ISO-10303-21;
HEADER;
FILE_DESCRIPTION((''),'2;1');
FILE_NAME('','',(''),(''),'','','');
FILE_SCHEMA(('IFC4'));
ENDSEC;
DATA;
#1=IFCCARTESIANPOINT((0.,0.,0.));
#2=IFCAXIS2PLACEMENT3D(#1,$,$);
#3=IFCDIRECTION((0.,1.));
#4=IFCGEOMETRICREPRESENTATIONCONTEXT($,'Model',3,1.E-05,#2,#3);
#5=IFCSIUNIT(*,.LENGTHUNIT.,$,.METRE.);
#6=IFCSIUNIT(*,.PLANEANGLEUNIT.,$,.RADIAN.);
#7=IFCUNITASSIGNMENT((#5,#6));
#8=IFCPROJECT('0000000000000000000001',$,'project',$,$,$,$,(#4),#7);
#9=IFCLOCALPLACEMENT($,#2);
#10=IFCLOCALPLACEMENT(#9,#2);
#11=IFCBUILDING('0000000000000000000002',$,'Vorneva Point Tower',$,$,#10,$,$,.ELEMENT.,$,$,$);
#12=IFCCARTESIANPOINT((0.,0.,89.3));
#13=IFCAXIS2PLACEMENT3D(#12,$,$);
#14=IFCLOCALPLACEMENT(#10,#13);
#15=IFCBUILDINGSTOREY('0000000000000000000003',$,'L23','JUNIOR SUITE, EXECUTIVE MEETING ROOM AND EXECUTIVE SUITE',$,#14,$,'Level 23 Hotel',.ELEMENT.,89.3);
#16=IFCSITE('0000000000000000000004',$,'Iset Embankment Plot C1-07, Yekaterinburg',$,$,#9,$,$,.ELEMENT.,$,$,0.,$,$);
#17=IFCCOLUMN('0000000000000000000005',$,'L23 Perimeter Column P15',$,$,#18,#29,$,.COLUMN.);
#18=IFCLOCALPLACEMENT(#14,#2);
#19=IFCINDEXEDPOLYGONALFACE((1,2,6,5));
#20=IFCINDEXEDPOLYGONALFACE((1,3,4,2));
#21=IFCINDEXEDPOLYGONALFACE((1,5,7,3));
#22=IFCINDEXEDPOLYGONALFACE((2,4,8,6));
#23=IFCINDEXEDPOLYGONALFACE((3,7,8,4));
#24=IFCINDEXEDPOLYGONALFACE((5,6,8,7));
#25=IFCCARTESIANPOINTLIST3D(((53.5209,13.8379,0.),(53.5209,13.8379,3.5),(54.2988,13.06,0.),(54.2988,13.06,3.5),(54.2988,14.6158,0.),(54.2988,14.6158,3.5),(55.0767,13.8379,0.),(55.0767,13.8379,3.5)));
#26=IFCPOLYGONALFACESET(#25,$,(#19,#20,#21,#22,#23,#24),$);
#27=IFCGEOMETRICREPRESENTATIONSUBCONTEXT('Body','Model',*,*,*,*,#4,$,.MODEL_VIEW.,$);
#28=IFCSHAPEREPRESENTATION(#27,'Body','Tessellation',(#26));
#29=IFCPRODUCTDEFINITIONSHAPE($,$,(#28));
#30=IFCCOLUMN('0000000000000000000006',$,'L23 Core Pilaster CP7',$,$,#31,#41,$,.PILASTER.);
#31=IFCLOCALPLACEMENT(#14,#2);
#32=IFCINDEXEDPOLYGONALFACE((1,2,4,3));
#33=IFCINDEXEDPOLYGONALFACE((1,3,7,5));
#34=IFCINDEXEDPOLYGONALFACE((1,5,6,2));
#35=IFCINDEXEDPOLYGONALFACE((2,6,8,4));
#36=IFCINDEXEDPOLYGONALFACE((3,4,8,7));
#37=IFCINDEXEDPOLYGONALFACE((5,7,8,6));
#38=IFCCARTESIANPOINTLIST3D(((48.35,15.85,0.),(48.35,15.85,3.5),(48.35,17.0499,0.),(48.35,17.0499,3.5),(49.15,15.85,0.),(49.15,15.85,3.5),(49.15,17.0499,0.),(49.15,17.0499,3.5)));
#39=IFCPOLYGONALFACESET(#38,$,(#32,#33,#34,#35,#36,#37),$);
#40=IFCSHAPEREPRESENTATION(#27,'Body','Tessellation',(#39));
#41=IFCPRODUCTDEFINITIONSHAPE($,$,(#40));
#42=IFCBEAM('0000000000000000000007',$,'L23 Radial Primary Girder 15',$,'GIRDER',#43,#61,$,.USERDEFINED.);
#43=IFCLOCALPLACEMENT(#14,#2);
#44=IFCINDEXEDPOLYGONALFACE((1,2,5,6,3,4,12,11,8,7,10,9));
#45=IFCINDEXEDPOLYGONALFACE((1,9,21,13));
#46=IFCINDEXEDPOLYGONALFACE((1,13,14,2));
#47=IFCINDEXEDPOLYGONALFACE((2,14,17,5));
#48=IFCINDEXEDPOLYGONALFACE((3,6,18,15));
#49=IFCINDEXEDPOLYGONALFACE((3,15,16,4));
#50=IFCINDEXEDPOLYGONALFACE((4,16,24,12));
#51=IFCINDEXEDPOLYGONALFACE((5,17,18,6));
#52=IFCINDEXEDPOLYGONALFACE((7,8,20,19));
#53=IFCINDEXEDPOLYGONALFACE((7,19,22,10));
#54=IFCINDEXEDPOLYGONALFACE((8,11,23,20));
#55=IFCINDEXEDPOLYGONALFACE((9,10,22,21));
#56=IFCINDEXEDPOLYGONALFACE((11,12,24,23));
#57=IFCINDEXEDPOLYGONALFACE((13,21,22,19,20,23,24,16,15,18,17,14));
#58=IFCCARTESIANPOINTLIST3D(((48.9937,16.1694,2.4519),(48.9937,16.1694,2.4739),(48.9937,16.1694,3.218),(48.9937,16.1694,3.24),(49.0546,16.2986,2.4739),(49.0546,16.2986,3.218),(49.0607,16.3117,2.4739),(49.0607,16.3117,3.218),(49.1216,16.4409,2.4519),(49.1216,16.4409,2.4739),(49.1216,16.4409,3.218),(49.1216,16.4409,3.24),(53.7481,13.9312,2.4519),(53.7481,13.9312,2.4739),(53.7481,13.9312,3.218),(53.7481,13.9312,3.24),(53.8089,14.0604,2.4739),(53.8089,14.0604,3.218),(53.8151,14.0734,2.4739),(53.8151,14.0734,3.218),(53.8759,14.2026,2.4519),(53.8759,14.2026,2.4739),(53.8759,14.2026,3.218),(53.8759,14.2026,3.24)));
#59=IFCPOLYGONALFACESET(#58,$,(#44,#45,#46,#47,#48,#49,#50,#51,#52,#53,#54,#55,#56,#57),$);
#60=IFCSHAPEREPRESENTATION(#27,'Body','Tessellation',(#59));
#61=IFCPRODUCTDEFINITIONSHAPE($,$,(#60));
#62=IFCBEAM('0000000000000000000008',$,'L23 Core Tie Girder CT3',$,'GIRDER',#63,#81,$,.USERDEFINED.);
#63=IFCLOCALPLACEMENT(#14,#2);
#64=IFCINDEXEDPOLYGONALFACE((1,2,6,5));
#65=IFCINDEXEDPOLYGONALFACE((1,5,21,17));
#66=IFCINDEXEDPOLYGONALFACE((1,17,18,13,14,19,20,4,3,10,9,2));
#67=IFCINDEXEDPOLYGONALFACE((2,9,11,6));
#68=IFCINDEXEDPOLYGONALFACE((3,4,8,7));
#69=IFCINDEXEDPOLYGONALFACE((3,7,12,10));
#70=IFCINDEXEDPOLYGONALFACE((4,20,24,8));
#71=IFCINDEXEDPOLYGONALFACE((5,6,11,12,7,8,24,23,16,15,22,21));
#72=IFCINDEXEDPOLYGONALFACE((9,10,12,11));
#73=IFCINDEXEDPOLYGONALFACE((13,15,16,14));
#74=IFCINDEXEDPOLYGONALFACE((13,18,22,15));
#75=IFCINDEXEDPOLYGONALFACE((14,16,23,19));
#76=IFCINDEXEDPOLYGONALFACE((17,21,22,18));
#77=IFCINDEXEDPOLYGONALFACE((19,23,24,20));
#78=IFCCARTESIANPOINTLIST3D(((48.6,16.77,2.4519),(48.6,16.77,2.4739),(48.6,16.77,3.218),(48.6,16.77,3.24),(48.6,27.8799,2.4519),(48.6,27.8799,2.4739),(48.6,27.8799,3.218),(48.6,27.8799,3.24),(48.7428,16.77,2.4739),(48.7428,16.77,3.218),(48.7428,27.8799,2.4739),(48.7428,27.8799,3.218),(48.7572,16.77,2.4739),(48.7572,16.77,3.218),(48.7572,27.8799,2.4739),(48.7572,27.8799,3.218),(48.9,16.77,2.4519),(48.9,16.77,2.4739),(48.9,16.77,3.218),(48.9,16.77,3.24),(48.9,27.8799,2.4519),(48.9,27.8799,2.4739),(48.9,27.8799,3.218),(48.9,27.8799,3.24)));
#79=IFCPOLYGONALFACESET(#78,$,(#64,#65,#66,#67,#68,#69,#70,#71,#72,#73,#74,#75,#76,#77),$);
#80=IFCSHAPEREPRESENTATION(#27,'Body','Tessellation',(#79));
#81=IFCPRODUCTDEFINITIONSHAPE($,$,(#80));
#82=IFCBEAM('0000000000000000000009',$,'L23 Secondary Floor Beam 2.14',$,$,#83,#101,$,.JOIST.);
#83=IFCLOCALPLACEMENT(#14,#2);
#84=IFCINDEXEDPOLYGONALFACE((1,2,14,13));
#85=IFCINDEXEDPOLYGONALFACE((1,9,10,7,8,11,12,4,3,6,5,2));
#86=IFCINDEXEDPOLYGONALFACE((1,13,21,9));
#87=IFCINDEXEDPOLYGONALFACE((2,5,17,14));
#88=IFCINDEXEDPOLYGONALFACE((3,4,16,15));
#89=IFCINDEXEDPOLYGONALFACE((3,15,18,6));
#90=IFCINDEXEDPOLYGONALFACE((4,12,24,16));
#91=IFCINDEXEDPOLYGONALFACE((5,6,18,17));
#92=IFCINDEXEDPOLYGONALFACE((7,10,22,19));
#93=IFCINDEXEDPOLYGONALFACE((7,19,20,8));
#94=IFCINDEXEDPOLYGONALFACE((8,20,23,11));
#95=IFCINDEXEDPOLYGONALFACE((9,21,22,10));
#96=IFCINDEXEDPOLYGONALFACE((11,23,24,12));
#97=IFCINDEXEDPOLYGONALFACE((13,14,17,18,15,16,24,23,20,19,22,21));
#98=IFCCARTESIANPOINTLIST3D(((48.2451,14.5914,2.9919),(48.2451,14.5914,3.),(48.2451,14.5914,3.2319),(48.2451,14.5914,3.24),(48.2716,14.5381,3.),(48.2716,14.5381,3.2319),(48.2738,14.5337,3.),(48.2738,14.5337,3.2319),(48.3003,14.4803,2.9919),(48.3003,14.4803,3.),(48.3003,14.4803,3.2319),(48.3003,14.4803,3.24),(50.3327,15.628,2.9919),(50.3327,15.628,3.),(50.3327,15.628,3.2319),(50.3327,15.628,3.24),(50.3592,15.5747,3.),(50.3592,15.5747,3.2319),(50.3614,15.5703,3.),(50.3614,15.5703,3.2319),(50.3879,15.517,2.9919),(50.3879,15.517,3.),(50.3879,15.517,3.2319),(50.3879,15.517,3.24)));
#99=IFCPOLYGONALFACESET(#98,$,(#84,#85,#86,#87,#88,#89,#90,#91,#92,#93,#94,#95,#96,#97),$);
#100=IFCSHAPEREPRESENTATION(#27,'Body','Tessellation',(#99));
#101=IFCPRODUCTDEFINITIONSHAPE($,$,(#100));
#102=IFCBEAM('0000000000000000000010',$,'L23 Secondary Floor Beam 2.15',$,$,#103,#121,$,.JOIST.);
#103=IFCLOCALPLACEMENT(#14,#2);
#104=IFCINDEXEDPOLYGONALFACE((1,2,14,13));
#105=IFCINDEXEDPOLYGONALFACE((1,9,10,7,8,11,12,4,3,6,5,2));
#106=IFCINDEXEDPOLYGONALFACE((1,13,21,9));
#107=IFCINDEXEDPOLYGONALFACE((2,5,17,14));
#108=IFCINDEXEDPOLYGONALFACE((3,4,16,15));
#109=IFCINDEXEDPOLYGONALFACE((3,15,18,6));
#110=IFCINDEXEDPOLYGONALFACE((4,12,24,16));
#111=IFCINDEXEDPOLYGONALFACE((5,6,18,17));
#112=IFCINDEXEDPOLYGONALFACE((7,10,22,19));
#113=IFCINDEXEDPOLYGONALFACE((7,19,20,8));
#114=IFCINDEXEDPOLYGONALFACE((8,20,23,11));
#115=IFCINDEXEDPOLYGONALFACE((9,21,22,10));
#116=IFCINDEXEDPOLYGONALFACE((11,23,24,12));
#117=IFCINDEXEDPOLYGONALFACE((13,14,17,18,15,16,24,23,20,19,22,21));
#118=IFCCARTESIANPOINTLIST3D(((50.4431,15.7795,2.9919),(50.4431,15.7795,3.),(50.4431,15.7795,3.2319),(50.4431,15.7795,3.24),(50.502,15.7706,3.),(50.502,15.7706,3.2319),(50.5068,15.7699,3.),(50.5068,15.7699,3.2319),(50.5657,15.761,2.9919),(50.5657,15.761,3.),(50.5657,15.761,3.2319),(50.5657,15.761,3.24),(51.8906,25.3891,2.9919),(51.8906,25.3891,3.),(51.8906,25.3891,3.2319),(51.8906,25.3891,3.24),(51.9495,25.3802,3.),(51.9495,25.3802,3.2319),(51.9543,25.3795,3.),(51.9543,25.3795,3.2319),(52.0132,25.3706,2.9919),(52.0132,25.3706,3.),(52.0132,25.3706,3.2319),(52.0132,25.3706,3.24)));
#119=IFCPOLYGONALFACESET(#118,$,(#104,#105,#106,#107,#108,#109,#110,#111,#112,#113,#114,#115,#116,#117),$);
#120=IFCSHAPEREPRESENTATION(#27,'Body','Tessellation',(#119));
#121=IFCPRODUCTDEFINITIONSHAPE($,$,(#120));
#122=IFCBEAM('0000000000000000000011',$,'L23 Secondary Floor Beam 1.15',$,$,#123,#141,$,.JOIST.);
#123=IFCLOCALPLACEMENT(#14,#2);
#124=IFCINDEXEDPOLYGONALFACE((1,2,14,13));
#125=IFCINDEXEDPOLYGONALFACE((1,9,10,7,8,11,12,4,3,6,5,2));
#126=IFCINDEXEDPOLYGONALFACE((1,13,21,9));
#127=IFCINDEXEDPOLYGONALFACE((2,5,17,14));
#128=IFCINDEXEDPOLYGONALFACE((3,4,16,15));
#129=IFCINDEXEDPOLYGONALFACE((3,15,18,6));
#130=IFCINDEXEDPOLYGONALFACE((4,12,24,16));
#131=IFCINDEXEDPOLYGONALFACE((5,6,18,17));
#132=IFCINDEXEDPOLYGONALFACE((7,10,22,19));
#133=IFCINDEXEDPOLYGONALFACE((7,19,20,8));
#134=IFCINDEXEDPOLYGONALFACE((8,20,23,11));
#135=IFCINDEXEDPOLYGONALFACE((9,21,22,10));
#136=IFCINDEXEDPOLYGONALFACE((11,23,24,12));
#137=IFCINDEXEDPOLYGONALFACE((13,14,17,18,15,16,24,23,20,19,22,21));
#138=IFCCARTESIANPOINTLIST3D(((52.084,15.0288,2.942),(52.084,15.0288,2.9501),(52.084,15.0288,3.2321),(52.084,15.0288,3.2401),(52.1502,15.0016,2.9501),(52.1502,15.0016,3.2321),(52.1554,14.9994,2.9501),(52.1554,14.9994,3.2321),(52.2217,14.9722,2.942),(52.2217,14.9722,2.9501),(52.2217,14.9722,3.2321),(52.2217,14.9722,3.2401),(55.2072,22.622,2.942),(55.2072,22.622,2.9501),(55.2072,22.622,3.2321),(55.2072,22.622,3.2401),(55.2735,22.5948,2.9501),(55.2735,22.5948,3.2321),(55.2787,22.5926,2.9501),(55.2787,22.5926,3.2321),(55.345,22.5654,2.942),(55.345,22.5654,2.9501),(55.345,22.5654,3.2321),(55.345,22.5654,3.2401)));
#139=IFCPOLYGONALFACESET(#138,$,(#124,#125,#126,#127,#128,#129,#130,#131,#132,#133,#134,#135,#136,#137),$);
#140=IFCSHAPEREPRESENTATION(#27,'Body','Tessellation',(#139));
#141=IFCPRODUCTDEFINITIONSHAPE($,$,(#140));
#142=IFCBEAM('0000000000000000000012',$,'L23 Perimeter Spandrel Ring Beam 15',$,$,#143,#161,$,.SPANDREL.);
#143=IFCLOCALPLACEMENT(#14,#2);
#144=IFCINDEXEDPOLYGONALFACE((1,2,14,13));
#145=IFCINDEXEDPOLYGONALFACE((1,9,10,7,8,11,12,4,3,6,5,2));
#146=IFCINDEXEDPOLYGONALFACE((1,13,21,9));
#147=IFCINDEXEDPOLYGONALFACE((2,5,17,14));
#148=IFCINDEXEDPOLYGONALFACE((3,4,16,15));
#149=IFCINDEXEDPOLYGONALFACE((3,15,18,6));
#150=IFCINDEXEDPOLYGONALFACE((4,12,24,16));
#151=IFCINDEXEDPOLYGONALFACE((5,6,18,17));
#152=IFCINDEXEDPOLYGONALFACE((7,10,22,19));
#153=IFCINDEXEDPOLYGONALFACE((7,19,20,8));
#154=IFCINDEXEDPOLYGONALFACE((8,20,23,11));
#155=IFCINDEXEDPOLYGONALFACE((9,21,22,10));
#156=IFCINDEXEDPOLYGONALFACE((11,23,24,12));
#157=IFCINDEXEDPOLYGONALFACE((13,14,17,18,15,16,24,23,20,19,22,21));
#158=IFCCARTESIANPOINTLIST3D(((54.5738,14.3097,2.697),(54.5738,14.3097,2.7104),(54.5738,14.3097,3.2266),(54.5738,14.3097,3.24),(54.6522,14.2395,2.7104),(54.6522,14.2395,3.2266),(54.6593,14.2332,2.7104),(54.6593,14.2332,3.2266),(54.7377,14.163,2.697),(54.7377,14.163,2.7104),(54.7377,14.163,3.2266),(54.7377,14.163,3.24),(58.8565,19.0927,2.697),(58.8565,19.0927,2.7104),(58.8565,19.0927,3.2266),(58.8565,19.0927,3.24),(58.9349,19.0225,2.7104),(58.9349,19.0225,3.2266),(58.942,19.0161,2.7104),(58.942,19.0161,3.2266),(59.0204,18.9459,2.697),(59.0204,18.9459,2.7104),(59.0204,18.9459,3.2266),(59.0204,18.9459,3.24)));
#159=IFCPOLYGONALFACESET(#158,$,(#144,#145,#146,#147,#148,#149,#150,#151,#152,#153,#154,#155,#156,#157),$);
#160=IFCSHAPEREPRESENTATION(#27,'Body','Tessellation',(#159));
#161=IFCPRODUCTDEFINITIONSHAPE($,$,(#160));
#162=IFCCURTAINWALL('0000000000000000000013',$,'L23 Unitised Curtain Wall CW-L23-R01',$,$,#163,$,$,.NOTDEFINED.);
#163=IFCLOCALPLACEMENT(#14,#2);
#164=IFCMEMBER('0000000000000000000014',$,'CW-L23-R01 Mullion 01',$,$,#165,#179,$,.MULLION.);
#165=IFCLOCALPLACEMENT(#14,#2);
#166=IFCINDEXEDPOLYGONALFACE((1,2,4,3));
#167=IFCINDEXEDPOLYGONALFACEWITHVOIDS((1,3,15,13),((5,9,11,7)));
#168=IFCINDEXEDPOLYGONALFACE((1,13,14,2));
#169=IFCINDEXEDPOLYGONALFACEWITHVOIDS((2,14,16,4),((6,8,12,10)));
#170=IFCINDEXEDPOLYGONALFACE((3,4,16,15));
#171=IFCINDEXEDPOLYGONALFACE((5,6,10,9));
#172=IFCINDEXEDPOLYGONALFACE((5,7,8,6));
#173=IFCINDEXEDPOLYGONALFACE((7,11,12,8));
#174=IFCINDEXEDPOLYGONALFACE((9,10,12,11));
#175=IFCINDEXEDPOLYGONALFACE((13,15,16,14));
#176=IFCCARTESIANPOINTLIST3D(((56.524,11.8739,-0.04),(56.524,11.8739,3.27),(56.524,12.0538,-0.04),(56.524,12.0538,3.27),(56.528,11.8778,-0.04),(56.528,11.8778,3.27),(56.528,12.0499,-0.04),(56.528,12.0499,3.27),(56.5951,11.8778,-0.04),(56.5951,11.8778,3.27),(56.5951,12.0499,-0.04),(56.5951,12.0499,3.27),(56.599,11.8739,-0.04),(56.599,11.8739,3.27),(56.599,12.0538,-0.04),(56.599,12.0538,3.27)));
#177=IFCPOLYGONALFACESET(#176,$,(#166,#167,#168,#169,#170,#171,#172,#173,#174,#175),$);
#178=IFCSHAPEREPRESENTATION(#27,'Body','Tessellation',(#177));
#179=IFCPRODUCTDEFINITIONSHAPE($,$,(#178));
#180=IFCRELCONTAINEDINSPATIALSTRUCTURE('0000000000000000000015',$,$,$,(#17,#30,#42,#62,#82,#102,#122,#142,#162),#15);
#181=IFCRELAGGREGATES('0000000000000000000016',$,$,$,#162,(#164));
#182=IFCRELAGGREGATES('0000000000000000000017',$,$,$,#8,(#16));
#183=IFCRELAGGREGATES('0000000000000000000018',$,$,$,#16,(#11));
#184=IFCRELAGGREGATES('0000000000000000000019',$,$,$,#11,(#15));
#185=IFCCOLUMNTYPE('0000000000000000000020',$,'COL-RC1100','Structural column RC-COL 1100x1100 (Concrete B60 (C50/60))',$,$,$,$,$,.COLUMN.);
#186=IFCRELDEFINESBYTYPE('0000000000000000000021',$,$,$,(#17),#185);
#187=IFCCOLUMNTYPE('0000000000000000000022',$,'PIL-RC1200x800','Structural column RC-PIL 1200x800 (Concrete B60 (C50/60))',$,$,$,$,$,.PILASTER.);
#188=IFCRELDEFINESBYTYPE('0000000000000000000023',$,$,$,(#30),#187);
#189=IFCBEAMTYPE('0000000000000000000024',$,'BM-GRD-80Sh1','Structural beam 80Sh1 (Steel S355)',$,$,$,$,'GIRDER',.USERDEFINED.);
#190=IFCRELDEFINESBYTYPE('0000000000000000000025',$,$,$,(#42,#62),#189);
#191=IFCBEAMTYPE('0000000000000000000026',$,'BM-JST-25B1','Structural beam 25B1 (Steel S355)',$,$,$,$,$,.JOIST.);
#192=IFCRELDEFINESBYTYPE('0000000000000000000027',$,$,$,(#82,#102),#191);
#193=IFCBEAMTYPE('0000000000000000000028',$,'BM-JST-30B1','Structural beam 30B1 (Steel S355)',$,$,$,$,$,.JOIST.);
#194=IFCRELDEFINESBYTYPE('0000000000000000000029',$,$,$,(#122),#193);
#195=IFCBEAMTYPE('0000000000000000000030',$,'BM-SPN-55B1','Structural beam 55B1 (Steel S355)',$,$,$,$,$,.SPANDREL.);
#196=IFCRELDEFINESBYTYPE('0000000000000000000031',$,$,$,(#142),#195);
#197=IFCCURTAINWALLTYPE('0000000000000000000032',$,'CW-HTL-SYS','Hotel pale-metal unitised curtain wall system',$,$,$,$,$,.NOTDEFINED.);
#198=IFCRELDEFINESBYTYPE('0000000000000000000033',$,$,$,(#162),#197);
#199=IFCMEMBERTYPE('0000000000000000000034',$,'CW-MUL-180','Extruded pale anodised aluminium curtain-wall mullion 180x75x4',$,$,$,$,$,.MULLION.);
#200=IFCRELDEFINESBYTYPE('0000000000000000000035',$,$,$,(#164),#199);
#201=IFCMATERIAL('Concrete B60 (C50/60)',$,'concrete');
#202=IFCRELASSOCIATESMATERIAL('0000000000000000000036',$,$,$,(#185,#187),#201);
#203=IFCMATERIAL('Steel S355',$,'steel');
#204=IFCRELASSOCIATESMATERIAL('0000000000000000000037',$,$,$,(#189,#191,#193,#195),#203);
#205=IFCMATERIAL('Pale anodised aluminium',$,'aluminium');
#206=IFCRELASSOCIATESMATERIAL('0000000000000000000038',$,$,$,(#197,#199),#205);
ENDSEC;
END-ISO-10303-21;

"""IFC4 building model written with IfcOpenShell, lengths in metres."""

from ifc_helpers import new_model, si_unit, direction, frame, origin, origin_2d, place, context, subcontext, project, spatial, rectangle, hollow_rectangle, i_section, extrude, material, material_profile, profile_set, type_object, element, aggregate, save


model = new_model("IFC4")

# Units and contexts
model_context = context("Model", 3, precision=1e-05, world=origin(), true_north=direction((0.0, 1.0)))
body_context = subcontext(model_context, "Body", "Model", "MODEL_VIEW")
ifc_project = project(units=[si_unit("LENGTHUNIT", "METRE"), si_unit("PLANEANGLEUNIT", "RADIAN")], contexts=[model_context])

# Site, building, storey
site_placement = place(None, origin())
site = spatial("IfcSite", under=ifc_project, at=site_placement, Name="Iset Embankment Plot C1-07, Yekaterinburg", CompositionType="ELEMENT", RefElevation=0.0)
building_placement = place(site_placement, origin())
building = spatial("IfcBuilding", under=site, at=building_placement, Name="Vorneva Point Tower", CompositionType="ELEMENT")
storey_placement = place(building_placement, frame((0.0, 0.0, 89.3)))
storey = spatial("IfcBuildingStorey", under=building, at=storey_placement, Name="L23", Description="JUNIOR SUITE, EXECUTIVE MEETING ROOM AND EXECUTIVE SUITE", LongName="Level 23 Hotel", CompositionType="ELEMENT", Elevation=89.3)

# Columns
ifc_material_1 = material(Name="Concrete B60 (C50/60)", Category="concrete")
ifc_material_profile_1 = material_profile(ifc_material_1, rectangle(XDim=1.1001, YDim=1.1001, at=origin_2d()), Name="RC-COL 1100x1100")
ifc_profile_set_1 = profile_set([ifc_material_profile_1], Name="Concrete B60 (C50/60)")
column_type_1 = type_object("IfcColumnType", Name="COL-RC1100", Description="Structural column RC-COL 1100x1100 (Concrete B60 (C50/60))", PredefinedType="COLUMN", material=ifc_profile_set_1)
column_1_placement = place(storey_placement, frame((54.2988, 13.8379, 0.0), z_axis=(0.0, 0.0, 1.0), x_axis=(0.707107, -0.707107, 0.0)))
element("IfcColumn", 1, at=column_1_placement, inside=storey, type_object=column_type_1, Name="L23 Perimeter Column P15", PredefinedType="COLUMN", context=body_context, shape_type="SweptSolid", body=[
    extrude(rectangle(XDim=1.1001, YDim=1.1001, at=origin_2d()), origin(), (0.0, 0.0, 1.0), 3.5),
])
ifc_material_profile_2 = material_profile(ifc_material_1, rectangle(XDim=0.8, YDim=1.2, at=origin_2d()), Name="RC-PIL 1200x800")
ifc_profile_set_2 = profile_set([ifc_material_profile_2], Name="Concrete B60 (C50/60)")
column_type_2 = type_object("IfcColumnType", Name="PIL-RC1200x800", Description="Structural column RC-PIL 1200x800 (Concrete B60 (C50/60))", PredefinedType="PILASTER", material=ifc_profile_set_2)
column_2_placement = place(storey_placement, frame((48.75, 16.45, 0.0), z_axis=(0.0, 0.0, 1.0), x_axis=(1.0, 0.0, 0.0)))
element("IfcColumn", 2, at=column_2_placement, inside=storey, type_object=column_type_2, Name="L23 Core Pilaster CP7", PredefinedType="PILASTER", context=body_context, shape_type="SweptSolid", body=[
    extrude(rectangle(XDim=0.8, YDim=1.2, at=origin_2d()), origin(), (0.0, 0.0, 1.0), 3.5),
])

# Beams
ifc_material_2 = material(Name="Steel S355", Category="steel")
ifc_material_profile_3 = material_profile(ifc_material_2, i_section(OverallWidth=0.3, OverallDepth=0.7881, WebThickness=0.0144, FlangeThickness=0.022, at=origin_2d()), Name="80Sh1")
ifc_profile_set_3 = profile_set([ifc_material_profile_3], Name="Steel S355")
beam_type_1 = type_object("IfcBeamType", Name="BM-GRD-80Sh1", Description="Structural beam 80Sh1 (Steel S355)", ElementType="GIRDER", PredefinedType="USERDEFINED", material=ifc_profile_set_3)
beam_1_placement = place(storey_placement, frame((53.812, 14.0669, 2.8459), z_axis=(-0.904751, 0.42594, 0.0), x_axis=(-0.42594, -0.904751, 0.0)))
element("IfcBeam", 3, at=beam_1_placement, inside=storey, type_object=beam_type_1, Name="L23 Radial Primary Girder 15", ObjectType="GIRDER", PredefinedType="USERDEFINED", context=body_context, shape_type="SweptSolid", body=[
    extrude(i_section(OverallWidth=0.3, OverallDepth=0.7881, WebThickness=0.0144, FlangeThickness=0.022, at=origin_2d()), origin(), (0.0, 0.0, 1.0), 5.2549),
])
beam_2_placement = place(storey_placement, frame((48.75, 16.77, 2.8459), z_axis=(0.0, 1.0, 0.0), x_axis=(-1.0, 0.0, 0.0)))
element("IfcBeam", 4, at=beam_2_placement, inside=storey, type_object=beam_type_1, Name="L23 Core Tie Girder CT3", ObjectType="GIRDER", PredefinedType="USERDEFINED", context=body_context, shape_type="SweptSolid", body=[
    extrude(i_section(OverallWidth=0.3, OverallDepth=0.7881, WebThickness=0.0144, FlangeThickness=0.022, at=origin_2d()), origin(), (0.0, 0.0, 1.0), 11.1099),
])
ifc_material_profile_4 = material_profile(ifc_material_2, i_section(OverallWidth=0.124, OverallDepth=0.248, WebThickness=0.0049, FlangeThickness=0.0081, at=origin_2d()), Name="25B1")
ifc_profile_set_4 = profile_set([ifc_material_profile_4], Name="Steel S355")
beam_type_2 = type_object("IfcBeamType", Name="BM-JST-25B1", Description="Structural beam 25B1 (Steel S355)", PredefinedType="JOIST", material=ifc_profile_set_4)
beam_3_placement = place(storey_placement, frame((48.2727, 14.5359, 3.116), z_axis=(0.89566, 0.44474, 0.0), x_axis=(-0.44474, 0.89566, 0.0)))
element("IfcBeam", 5, at=beam_3_placement, inside=storey, type_object=beam_type_2, Name="L23 Secondary Floor Beam 2.14", PredefinedType="JOIST", context=body_context, shape_type="SweptSolid", body=[
    extrude(i_section(OverallWidth=0.124, OverallDepth=0.248, WebThickness=0.0049, FlangeThickness=0.0081, at=origin_2d()), origin(), (0.0, 0.0, 1.0), 2.3308),
])
beam_4_placement = place(storey_placement, frame((50.5044, 15.7703, 3.116), z_axis=(0.148951, 0.988845, 0.0), x_axis=(-0.988845, 0.148951, 0.0)))
element("IfcBeam", 6, at=beam_4_placement, inside=storey, type_object=beam_type_2, Name="L23 Secondary Floor Beam 2.15", PredefinedType="JOIST", context=body_context, shape_type="SweptSolid", body=[
    extrude(i_section(OverallWidth=0.124, OverallDepth=0.248, WebThickness=0.0049, FlangeThickness=0.0081, at=origin_2d()), origin(), (0.0, 0.0, 1.0), 9.718),
])
ifc_material_profile_5 = material_profile(ifc_material_2, i_section(OverallWidth=0.1489, OverallDepth=0.2981, WebThickness=0.0056, FlangeThickness=0.0081, at=origin_2d()), Name="30B1")
ifc_profile_set_5 = profile_set([ifc_material_profile_5], Name="Steel S355")
beam_type_3 = type_object("IfcBeamType", Name="BM-JST-30B1", Description="Structural beam 30B1 (Steel S355)", PredefinedType="JOIST", material=ifc_profile_set_5)
beam_5_placement = place(storey_placement, frame((52.1528, 15.0005, 3.0911), z_axis=(0.380401, 0.924822, 0.0), x_axis=(-0.924822, 0.380401, 0.0)))
element("IfcBeam", 7, at=beam_5_placement, inside=storey, type_object=beam_type_3, Name="L23 Secondary Floor Beam 1.15", PredefinedType="JOIST", context=body_context, shape_type="SweptSolid", body=[
    extrude(i_section(OverallWidth=0.1489, OverallDepth=0.2981, WebThickness=0.0056, FlangeThickness=0.0081, at=origin_2d()), origin(), (0.0, 0.0, 1.0), 8.2104),
])
ifc_material_profile_6 = material_profile(ifc_material_2, i_section(OverallWidth=0.22, OverallDepth=0.543, WebThickness=0.0095, FlangeThickness=0.0134, at=origin_2d()), Name="55B1")
ifc_profile_set_6 = profile_set([ifc_material_profile_6], Name="Steel S355")
beam_type_4 = type_object("IfcBeamType", Name="BM-SPN-55B1", Description="Structural beam 55B1 (Steel S355)", PredefinedType="SPANDREL", material=ifc_profile_set_6)
beam_6_placement = place(storey_placement, frame((54.6558, 14.2363, 2.9685), z_axis=(0.667074, 0.744992, 0.0), x_axis=(-0.744992, 0.667074, 0.0)))
element("IfcBeam", 8, at=beam_6_placement, inside=storey, type_object=beam_type_4, Name="L23 Perimeter Spandrel Ring Beam 15", PredefinedType="SPANDREL", context=body_context, shape_type="SweptSolid", body=[
    extrude(i_section(OverallWidth=0.22, OverallDepth=0.543, WebThickness=0.0095, FlangeThickness=0.0134, at=origin_2d()), origin(), (0.0, 0.0, 1.0), 6.4202),
])

# Curtain wall, member
ifc_material_3 = material(Name="Pale anodised aluminium", Category="aluminium")
curtain_wall_type = type_object("IfcCurtainWallType", Name="CW-HTL-SYS", Description="Hotel pale-metal unitised curtain wall system", PredefinedType="NOTDEFINED", material=ifc_material_3)
curtain_wall_1_placement = place(storey_placement, origin())
curtain_wall_1 = element("IfcCurtainWall", 9, at=curtain_wall_1_placement, inside=storey, type_object=curtain_wall_type, Name="L23 Unitised Curtain Wall CW-L23-R01", PredefinedType="NOTDEFINED")
ifc_material_profile_7 = material_profile(ifc_material_3, hollow_rectangle(XDim=0.075, YDim=0.1799, WallThickness=0.0039, at=origin_2d()), Name="AL-MUL 180x75x4")
ifc_profile_set_7 = profile_set([ifc_material_profile_7], Name="Pale anodised aluminium")
member_type_1 = type_object("IfcMemberType", Name="CW-MUL-180", Description="Extruded pale anodised aluminium curtain-wall mullion 180x75x4", PredefinedType="MULLION", material=ifc_profile_set_7)
member_1_placement = place(storey_placement, frame((56.5615, 11.9639, -0.04), z_axis=(0.0, 0.0, 1.0), x_axis=(1.0, 0.0, 0.0)))
member_1 = element("IfcMember", 10, at=member_1_placement, type_object=member_type_1, Name="CW-L23-R01 Mullion 01", PredefinedType="MULLION", context=body_context, shape_type="SweptSolid", body=[
    extrude(hollow_rectangle(XDim=0.075, YDim=0.1799, WallThickness=0.0039, at=origin_2d()), origin(), (0.0, 0.0, 1.0), 3.3101),
])

aggregate(curtain_wall_1, [member_1])

save(model, "model.ifc")
